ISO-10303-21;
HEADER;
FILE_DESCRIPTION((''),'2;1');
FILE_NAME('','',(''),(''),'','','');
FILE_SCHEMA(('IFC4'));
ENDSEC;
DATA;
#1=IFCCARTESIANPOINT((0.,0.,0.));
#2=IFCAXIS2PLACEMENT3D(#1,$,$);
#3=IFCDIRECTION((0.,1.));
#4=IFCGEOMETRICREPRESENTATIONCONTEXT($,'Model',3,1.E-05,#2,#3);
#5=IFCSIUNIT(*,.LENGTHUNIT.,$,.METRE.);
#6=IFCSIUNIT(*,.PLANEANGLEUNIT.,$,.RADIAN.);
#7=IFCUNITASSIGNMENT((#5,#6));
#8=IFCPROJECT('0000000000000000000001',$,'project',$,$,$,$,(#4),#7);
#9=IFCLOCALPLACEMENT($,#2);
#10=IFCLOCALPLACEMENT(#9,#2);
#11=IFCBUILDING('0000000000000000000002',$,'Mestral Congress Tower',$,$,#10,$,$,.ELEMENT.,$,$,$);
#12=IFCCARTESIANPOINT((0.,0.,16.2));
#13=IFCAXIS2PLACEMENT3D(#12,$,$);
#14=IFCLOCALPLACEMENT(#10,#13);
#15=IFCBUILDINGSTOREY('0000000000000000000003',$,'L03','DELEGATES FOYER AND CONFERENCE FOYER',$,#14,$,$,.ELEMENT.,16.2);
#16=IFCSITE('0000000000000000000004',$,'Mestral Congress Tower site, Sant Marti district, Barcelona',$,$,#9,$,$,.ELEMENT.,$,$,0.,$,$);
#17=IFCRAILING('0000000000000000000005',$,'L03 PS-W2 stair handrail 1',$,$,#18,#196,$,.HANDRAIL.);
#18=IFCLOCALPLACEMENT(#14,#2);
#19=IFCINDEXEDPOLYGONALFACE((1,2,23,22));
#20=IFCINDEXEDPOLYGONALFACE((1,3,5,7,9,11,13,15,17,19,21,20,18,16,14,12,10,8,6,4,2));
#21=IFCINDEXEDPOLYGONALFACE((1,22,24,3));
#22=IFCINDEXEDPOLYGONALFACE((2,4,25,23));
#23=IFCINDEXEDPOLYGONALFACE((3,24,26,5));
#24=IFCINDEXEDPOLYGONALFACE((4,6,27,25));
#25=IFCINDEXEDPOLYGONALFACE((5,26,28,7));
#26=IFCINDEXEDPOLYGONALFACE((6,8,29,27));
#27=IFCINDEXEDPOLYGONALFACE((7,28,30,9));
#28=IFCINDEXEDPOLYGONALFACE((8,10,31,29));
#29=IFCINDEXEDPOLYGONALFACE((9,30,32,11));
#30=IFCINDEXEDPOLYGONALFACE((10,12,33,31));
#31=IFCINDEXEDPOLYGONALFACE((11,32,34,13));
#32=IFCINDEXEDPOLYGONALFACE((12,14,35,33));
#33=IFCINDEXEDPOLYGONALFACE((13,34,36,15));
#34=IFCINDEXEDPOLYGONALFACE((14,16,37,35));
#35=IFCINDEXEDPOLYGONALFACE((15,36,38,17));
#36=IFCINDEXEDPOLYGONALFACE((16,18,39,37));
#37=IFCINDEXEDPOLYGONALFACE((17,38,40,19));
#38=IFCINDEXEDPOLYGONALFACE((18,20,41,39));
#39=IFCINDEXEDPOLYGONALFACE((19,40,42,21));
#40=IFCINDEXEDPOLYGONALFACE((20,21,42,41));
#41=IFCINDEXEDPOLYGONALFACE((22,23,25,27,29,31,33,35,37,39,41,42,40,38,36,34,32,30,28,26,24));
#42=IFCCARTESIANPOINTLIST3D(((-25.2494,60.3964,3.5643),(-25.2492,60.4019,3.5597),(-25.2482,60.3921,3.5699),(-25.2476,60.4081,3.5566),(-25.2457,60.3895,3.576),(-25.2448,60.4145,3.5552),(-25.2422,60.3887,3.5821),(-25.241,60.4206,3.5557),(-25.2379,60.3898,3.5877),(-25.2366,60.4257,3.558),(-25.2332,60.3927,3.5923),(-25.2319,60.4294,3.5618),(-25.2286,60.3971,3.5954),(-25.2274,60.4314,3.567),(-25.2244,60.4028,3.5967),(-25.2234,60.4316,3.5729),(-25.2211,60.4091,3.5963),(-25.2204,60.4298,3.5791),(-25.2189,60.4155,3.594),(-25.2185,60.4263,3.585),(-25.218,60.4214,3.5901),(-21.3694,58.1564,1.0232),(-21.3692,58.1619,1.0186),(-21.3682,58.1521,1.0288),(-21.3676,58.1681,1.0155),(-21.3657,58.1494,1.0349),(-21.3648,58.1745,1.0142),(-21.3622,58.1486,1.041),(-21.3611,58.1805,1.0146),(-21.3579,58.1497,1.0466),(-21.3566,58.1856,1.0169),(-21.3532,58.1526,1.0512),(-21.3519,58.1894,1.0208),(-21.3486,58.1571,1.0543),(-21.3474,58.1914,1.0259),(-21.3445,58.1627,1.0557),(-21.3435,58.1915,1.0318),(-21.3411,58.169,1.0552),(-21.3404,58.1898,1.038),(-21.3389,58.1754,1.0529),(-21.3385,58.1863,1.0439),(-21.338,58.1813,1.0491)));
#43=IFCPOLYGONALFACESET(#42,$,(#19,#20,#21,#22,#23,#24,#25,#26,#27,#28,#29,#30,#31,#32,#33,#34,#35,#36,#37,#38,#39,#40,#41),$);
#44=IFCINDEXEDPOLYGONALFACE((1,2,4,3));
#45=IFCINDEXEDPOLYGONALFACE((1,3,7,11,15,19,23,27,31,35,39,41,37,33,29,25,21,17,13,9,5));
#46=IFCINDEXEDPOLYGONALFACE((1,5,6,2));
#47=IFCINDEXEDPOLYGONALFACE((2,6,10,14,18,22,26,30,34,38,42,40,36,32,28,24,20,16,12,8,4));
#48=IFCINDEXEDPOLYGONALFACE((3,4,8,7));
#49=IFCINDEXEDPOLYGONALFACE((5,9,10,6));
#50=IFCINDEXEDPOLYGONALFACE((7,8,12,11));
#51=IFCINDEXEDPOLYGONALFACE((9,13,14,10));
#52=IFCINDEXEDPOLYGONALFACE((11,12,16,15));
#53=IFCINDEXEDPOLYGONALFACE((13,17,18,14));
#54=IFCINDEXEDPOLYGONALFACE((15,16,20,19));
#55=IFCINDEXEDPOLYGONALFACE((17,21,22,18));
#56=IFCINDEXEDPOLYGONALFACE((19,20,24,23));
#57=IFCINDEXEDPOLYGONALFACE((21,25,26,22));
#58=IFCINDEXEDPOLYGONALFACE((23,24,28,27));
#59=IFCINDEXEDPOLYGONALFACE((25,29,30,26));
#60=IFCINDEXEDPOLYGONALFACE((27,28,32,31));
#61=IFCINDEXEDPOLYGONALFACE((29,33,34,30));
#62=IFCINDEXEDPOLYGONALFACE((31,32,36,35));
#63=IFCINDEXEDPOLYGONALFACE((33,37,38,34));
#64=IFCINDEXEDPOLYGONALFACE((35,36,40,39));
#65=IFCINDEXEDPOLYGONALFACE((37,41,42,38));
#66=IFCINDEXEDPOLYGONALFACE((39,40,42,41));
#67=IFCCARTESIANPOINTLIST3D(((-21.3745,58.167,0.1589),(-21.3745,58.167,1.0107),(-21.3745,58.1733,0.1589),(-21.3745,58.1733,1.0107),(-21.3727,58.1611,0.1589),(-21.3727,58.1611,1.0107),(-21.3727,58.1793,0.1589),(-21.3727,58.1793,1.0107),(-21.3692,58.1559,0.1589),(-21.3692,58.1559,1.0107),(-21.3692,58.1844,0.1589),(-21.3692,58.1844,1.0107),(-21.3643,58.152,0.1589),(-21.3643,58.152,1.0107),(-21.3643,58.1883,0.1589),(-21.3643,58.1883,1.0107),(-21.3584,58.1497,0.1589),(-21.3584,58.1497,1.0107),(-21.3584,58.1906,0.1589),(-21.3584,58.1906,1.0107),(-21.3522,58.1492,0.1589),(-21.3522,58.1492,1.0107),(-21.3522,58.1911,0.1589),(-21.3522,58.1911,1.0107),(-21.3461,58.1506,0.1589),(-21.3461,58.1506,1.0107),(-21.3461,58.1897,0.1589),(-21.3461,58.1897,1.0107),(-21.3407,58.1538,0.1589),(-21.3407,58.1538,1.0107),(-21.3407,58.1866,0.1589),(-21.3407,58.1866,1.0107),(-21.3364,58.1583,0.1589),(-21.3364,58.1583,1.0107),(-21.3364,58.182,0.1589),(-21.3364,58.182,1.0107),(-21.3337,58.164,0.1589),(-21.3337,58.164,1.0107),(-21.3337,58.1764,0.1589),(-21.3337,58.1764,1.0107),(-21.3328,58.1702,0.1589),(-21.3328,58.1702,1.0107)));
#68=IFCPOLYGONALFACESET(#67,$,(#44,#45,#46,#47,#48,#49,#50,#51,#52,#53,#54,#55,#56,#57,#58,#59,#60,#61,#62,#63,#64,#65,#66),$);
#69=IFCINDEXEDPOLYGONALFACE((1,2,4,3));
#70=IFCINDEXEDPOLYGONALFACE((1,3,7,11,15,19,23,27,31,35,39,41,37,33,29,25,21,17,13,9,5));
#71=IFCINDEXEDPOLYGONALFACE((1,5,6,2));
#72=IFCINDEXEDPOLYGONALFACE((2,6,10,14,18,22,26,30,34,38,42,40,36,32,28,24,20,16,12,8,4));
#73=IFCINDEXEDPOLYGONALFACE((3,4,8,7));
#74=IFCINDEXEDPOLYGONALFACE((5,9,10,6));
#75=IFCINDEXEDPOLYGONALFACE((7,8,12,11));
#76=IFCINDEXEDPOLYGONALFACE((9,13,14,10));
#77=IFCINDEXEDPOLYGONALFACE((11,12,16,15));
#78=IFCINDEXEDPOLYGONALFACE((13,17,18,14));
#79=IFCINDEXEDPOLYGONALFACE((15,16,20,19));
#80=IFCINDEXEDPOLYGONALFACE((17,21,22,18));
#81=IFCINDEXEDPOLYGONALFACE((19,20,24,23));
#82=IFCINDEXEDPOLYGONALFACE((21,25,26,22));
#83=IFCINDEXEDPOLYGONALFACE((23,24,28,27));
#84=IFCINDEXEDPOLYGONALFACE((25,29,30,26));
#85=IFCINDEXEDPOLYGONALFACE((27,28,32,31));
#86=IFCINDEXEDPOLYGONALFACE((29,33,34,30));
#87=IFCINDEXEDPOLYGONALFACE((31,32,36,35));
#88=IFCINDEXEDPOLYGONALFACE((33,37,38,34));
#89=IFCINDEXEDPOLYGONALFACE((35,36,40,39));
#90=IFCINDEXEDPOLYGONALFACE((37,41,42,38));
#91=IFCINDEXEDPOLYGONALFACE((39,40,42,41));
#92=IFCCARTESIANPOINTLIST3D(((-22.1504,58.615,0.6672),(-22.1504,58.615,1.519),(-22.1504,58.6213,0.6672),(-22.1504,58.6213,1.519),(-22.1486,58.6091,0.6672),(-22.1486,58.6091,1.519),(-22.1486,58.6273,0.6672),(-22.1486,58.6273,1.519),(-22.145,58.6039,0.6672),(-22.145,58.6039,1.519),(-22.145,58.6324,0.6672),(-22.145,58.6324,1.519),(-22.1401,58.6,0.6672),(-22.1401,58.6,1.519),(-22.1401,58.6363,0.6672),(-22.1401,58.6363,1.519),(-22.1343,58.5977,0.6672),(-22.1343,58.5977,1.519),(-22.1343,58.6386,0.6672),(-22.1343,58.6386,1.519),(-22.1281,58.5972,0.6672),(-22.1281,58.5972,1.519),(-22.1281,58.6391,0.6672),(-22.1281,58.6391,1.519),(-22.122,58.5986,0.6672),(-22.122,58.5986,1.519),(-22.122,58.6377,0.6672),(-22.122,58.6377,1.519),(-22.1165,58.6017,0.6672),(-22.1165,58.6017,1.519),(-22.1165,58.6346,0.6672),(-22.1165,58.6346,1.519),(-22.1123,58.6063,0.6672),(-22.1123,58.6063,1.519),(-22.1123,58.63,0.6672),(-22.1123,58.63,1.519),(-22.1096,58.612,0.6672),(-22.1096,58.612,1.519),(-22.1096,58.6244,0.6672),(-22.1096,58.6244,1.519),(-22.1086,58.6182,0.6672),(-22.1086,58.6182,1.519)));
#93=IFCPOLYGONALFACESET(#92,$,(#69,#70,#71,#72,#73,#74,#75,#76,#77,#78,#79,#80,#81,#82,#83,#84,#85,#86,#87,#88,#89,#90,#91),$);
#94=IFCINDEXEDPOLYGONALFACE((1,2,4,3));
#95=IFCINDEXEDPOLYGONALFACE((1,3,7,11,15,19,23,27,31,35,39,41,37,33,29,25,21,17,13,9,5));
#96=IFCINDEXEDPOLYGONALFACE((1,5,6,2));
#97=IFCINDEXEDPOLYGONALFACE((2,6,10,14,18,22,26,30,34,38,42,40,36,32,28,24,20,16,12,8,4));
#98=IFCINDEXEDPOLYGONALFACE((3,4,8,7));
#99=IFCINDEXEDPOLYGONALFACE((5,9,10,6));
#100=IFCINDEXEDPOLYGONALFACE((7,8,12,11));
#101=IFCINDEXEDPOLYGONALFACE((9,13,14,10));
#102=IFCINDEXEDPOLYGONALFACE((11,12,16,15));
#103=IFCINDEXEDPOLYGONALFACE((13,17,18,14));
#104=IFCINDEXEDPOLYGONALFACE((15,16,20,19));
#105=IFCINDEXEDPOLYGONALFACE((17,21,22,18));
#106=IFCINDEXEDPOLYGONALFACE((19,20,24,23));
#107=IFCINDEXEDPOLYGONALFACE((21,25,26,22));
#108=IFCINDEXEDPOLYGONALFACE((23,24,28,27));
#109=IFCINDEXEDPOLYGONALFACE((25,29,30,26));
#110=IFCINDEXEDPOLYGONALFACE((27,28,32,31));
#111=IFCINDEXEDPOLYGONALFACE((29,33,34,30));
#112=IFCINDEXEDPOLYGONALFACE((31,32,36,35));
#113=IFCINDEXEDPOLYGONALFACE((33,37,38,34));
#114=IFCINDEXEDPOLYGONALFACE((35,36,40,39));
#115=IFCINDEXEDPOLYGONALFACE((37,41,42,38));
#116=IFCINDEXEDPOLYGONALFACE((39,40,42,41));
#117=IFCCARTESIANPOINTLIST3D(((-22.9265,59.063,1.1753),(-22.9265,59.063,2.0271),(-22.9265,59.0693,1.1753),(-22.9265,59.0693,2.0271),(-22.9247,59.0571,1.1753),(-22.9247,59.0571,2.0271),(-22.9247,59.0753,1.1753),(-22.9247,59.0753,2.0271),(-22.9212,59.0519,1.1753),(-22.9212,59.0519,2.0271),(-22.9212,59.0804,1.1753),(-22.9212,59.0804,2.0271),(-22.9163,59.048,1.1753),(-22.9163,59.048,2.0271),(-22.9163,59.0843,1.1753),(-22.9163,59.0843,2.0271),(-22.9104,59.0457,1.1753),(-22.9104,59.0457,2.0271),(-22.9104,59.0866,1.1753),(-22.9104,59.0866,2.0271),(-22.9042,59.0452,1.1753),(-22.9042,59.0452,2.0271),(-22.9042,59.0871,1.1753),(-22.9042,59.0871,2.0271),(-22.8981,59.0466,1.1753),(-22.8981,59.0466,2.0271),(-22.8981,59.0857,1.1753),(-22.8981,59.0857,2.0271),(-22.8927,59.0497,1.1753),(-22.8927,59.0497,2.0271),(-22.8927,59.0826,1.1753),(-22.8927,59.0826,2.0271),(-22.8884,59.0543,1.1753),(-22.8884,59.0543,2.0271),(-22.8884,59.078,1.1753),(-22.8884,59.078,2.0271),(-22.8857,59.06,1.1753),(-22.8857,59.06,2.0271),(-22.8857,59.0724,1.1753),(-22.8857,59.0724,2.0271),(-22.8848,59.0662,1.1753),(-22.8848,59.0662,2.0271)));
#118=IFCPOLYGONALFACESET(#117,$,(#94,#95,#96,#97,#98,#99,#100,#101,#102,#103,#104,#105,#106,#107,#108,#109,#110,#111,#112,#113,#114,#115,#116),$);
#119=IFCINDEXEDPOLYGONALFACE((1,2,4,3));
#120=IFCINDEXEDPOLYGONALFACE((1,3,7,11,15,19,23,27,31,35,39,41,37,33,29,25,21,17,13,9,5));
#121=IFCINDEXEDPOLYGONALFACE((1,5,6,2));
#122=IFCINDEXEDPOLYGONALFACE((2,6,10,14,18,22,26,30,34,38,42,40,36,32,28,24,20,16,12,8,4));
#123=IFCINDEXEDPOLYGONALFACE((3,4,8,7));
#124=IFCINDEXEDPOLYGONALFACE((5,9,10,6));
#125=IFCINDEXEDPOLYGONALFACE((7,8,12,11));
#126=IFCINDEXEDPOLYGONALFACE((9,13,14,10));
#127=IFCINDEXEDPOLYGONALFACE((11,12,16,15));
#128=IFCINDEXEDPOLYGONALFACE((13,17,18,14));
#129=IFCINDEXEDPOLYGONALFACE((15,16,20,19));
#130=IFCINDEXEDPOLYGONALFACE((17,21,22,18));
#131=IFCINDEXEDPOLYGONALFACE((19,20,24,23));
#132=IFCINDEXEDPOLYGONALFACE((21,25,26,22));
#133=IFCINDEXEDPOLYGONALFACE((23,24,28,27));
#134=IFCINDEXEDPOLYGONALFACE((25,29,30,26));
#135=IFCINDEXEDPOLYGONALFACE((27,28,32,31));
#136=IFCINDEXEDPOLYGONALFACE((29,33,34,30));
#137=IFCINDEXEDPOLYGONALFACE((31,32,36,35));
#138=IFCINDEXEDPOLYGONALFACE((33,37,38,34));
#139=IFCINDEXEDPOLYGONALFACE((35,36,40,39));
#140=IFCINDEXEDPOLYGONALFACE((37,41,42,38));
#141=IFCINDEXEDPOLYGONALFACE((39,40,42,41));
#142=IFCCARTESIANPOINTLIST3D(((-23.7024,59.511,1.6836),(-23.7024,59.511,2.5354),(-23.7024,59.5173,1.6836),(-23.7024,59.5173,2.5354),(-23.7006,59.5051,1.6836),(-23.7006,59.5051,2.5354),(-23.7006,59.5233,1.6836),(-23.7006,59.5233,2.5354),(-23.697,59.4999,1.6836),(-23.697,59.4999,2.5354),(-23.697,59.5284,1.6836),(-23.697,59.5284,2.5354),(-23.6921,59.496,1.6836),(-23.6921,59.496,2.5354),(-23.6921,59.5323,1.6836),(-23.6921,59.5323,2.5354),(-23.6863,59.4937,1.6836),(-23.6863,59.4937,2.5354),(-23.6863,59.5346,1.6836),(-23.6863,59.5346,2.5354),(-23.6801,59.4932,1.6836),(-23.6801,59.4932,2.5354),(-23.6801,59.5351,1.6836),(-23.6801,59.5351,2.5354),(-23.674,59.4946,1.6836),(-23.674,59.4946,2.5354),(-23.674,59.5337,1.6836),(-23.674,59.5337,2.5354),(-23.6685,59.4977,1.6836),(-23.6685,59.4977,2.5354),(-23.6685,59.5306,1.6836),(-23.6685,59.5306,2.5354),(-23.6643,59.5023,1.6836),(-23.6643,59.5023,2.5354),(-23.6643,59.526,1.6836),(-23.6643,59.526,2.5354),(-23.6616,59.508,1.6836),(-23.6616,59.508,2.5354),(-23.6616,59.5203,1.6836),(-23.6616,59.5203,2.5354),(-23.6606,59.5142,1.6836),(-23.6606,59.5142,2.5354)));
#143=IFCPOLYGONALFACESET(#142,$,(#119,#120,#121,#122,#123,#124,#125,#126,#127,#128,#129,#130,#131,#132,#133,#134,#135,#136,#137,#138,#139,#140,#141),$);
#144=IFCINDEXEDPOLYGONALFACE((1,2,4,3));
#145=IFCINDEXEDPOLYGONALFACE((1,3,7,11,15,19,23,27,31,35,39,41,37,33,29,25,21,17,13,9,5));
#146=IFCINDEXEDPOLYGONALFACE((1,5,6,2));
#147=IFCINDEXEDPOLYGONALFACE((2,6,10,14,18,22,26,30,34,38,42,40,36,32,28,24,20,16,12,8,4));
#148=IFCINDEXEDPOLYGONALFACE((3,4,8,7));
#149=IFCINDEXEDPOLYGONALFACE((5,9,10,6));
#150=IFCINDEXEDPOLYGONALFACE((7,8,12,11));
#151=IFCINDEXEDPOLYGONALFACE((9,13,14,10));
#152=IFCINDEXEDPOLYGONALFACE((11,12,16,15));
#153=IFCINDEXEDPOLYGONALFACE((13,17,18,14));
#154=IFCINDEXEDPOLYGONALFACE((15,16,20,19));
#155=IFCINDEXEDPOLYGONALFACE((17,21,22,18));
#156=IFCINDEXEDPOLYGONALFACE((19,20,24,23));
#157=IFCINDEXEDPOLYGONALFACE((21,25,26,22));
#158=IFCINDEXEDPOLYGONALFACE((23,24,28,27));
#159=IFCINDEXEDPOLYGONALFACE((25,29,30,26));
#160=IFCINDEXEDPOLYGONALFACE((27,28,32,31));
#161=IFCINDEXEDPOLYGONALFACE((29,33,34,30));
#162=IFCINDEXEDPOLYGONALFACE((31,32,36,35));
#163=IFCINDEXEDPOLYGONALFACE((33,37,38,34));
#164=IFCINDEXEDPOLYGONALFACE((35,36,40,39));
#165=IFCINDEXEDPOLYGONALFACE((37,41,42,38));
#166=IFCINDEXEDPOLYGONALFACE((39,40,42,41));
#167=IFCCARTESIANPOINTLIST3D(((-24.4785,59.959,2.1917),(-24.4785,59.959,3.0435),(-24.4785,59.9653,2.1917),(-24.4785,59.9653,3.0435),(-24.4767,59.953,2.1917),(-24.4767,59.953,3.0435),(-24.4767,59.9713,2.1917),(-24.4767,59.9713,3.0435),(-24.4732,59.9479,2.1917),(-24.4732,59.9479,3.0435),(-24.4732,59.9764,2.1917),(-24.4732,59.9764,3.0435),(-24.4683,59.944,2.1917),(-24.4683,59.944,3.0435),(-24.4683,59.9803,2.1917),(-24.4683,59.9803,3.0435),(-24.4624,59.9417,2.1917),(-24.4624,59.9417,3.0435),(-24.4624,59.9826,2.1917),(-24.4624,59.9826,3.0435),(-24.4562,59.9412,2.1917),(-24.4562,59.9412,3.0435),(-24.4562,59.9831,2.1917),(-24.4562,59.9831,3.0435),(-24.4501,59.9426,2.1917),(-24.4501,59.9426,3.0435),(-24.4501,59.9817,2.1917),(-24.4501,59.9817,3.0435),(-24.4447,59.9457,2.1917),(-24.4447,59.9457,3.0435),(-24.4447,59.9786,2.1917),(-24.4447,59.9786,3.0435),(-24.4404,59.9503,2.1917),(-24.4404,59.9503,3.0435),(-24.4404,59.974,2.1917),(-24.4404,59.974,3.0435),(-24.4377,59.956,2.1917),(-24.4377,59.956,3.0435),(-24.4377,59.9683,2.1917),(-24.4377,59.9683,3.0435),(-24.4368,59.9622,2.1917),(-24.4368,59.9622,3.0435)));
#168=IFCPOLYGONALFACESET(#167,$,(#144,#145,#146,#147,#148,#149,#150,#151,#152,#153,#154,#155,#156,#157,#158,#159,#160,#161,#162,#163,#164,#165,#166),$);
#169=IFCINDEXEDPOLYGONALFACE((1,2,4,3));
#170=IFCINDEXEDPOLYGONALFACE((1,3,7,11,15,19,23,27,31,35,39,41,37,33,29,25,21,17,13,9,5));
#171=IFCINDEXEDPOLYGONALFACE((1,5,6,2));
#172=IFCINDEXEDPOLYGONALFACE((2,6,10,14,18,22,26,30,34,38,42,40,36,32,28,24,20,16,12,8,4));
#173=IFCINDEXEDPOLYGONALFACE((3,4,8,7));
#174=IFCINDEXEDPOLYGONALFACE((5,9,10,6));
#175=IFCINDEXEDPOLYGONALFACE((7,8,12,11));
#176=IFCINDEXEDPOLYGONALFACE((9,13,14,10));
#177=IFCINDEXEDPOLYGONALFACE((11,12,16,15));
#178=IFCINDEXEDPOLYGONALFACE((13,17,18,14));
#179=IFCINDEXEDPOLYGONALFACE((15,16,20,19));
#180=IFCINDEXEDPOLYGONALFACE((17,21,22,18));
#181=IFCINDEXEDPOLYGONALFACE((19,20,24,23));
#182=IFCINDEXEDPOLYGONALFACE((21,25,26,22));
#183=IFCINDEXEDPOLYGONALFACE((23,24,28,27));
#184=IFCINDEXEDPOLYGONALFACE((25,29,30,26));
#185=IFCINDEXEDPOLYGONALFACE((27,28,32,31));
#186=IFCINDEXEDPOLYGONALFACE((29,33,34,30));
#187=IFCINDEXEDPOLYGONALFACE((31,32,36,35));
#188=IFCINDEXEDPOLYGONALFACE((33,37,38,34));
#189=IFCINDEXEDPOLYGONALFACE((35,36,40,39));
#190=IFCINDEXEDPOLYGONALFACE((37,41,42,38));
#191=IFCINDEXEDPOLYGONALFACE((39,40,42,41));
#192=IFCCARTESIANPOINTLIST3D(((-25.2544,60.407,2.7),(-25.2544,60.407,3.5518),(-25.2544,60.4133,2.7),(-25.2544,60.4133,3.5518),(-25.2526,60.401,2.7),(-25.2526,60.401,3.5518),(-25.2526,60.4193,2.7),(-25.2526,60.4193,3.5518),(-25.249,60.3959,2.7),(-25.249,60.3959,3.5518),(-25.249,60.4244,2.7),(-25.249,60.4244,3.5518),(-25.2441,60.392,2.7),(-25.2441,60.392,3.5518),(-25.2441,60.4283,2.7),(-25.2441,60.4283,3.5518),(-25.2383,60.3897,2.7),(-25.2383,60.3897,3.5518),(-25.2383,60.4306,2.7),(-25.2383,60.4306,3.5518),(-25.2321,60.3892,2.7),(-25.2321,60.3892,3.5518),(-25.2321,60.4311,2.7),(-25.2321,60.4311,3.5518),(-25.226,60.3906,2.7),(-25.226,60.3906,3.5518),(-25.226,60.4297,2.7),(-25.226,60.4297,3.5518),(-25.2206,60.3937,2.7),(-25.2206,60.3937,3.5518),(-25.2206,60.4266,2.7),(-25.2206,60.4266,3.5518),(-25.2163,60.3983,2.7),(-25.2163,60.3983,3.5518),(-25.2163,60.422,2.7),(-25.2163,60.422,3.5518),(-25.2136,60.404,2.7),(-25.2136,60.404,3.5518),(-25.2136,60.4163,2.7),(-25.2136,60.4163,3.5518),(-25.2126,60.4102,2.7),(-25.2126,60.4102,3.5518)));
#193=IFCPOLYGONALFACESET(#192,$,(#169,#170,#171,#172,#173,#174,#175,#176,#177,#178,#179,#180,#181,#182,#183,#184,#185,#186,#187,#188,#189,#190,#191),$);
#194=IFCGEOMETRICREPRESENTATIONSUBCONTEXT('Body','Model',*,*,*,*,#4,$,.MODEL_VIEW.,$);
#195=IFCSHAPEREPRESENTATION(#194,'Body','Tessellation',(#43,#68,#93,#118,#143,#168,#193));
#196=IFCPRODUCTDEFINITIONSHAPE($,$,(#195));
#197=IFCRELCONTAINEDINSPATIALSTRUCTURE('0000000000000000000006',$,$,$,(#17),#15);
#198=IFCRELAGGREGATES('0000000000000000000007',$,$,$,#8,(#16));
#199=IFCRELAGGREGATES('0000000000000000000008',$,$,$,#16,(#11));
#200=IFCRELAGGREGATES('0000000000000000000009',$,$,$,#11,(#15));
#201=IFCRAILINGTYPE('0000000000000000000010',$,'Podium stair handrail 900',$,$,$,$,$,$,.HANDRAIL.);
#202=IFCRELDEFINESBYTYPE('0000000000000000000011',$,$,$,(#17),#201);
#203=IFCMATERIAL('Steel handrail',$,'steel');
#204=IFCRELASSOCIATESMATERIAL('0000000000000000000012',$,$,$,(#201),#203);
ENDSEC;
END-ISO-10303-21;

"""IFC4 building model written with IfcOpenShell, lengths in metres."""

from ifc_helpers import new_model, si_unit, direction, frame, origin, origin_2d, place, context, subcontext, project, spatial, circle, extrude, material, type_object, element, save


model = new_model("IFC4")

# Units and contexts
model_context = context("Model", 3, precision=1e-05, world=origin(), true_north=direction((0.0, 1.0)))
body_context = subcontext(model_context, "Body", "Model", "MODEL_VIEW")
ifc_project = project(units=[si_unit("LENGTHUNIT", "METRE"), si_unit("PLANEANGLEUNIT", "RADIAN")], contexts=[model_context])

# Site, building, storey
site_placement = place(None, origin())
site = spatial("IfcSite", under=ifc_project, at=site_placement, Name="Mestral Congress Tower site, Sant Marti district, Barcelona", CompositionType="ELEMENT", RefElevation=0.0)
building_placement = place(site_placement, origin())
building = spatial("IfcBuilding", under=site, at=building_placement, Name="Mestral Congress Tower", CompositionType="ELEMENT")
storey_placement = place(building_placement, frame((0.0, 0.0, 16.2)))
storey = spatial("IfcBuildingStorey", under=building, at=storey_placement, Name="L03", Description="DELEGATES FOYER AND CONFERENCE FOYER", CompositionType="ELEMENT", Elevation=16.2)

# Railing
ifc_material_1 = material(Name="Steel handrail", Category="steel")
railing_type_1 = type_object("IfcRailingType", Name="Podium stair handrail 900", PredefinedType="HANDRAIL", material=ifc_material_1)
railing_1_placement = place(storey_placement, frame((-21.3538, 58.1702, 0.1589)))
element("IfcRailing", 1, at=railing_1_placement, inside=storey, type_object=railing_type_1, Name="L03 PS-W2 stair handrail 1", PredefinedType="HANDRAIL", context=body_context, shape_type="SweptSolid", body=[
    extrude(circle(Radius=0.0239, at=origin_2d()), frame((0.0, 0.0, 0.876), z_axis=(-0.7533, 0.434906, 0.493352), x_axis=(-0.49999, -0.866031, 0.0)), (0.0, 0.0, 1.0), 5.1506),
    extrude(circle(Radius=0.021, at=origin_2d()), origin(), (0.0, 0.0, 1.0), 0.8518),
    extrude(circle(Radius=0.021, at=origin_2d()), frame((-0.7759, 0.448, 0.5083)), (0.0, 0.0, 1.0), 0.8518),
    extrude(circle(Radius=0.021, at=origin_2d()), frame((-1.552, 0.896, 1.0164)), (0.0, 0.0, 1.0), 0.8518),
    extrude(circle(Radius=0.021, at=origin_2d()), frame((-2.3279, 1.344, 1.5247)), (0.0, 0.0, 1.0), 0.8518),
    extrude(circle(Radius=0.021, at=origin_2d()), frame((-3.104, 1.792, 2.0327)), (0.0, 0.0, 1.0), 0.8518),
    extrude(circle(Radius=0.021, at=origin_2d()), frame((-3.8799, 2.24, 2.541)), (0.0, 0.0, 1.0), 0.8518),
])

save(model, "model.ifc")
